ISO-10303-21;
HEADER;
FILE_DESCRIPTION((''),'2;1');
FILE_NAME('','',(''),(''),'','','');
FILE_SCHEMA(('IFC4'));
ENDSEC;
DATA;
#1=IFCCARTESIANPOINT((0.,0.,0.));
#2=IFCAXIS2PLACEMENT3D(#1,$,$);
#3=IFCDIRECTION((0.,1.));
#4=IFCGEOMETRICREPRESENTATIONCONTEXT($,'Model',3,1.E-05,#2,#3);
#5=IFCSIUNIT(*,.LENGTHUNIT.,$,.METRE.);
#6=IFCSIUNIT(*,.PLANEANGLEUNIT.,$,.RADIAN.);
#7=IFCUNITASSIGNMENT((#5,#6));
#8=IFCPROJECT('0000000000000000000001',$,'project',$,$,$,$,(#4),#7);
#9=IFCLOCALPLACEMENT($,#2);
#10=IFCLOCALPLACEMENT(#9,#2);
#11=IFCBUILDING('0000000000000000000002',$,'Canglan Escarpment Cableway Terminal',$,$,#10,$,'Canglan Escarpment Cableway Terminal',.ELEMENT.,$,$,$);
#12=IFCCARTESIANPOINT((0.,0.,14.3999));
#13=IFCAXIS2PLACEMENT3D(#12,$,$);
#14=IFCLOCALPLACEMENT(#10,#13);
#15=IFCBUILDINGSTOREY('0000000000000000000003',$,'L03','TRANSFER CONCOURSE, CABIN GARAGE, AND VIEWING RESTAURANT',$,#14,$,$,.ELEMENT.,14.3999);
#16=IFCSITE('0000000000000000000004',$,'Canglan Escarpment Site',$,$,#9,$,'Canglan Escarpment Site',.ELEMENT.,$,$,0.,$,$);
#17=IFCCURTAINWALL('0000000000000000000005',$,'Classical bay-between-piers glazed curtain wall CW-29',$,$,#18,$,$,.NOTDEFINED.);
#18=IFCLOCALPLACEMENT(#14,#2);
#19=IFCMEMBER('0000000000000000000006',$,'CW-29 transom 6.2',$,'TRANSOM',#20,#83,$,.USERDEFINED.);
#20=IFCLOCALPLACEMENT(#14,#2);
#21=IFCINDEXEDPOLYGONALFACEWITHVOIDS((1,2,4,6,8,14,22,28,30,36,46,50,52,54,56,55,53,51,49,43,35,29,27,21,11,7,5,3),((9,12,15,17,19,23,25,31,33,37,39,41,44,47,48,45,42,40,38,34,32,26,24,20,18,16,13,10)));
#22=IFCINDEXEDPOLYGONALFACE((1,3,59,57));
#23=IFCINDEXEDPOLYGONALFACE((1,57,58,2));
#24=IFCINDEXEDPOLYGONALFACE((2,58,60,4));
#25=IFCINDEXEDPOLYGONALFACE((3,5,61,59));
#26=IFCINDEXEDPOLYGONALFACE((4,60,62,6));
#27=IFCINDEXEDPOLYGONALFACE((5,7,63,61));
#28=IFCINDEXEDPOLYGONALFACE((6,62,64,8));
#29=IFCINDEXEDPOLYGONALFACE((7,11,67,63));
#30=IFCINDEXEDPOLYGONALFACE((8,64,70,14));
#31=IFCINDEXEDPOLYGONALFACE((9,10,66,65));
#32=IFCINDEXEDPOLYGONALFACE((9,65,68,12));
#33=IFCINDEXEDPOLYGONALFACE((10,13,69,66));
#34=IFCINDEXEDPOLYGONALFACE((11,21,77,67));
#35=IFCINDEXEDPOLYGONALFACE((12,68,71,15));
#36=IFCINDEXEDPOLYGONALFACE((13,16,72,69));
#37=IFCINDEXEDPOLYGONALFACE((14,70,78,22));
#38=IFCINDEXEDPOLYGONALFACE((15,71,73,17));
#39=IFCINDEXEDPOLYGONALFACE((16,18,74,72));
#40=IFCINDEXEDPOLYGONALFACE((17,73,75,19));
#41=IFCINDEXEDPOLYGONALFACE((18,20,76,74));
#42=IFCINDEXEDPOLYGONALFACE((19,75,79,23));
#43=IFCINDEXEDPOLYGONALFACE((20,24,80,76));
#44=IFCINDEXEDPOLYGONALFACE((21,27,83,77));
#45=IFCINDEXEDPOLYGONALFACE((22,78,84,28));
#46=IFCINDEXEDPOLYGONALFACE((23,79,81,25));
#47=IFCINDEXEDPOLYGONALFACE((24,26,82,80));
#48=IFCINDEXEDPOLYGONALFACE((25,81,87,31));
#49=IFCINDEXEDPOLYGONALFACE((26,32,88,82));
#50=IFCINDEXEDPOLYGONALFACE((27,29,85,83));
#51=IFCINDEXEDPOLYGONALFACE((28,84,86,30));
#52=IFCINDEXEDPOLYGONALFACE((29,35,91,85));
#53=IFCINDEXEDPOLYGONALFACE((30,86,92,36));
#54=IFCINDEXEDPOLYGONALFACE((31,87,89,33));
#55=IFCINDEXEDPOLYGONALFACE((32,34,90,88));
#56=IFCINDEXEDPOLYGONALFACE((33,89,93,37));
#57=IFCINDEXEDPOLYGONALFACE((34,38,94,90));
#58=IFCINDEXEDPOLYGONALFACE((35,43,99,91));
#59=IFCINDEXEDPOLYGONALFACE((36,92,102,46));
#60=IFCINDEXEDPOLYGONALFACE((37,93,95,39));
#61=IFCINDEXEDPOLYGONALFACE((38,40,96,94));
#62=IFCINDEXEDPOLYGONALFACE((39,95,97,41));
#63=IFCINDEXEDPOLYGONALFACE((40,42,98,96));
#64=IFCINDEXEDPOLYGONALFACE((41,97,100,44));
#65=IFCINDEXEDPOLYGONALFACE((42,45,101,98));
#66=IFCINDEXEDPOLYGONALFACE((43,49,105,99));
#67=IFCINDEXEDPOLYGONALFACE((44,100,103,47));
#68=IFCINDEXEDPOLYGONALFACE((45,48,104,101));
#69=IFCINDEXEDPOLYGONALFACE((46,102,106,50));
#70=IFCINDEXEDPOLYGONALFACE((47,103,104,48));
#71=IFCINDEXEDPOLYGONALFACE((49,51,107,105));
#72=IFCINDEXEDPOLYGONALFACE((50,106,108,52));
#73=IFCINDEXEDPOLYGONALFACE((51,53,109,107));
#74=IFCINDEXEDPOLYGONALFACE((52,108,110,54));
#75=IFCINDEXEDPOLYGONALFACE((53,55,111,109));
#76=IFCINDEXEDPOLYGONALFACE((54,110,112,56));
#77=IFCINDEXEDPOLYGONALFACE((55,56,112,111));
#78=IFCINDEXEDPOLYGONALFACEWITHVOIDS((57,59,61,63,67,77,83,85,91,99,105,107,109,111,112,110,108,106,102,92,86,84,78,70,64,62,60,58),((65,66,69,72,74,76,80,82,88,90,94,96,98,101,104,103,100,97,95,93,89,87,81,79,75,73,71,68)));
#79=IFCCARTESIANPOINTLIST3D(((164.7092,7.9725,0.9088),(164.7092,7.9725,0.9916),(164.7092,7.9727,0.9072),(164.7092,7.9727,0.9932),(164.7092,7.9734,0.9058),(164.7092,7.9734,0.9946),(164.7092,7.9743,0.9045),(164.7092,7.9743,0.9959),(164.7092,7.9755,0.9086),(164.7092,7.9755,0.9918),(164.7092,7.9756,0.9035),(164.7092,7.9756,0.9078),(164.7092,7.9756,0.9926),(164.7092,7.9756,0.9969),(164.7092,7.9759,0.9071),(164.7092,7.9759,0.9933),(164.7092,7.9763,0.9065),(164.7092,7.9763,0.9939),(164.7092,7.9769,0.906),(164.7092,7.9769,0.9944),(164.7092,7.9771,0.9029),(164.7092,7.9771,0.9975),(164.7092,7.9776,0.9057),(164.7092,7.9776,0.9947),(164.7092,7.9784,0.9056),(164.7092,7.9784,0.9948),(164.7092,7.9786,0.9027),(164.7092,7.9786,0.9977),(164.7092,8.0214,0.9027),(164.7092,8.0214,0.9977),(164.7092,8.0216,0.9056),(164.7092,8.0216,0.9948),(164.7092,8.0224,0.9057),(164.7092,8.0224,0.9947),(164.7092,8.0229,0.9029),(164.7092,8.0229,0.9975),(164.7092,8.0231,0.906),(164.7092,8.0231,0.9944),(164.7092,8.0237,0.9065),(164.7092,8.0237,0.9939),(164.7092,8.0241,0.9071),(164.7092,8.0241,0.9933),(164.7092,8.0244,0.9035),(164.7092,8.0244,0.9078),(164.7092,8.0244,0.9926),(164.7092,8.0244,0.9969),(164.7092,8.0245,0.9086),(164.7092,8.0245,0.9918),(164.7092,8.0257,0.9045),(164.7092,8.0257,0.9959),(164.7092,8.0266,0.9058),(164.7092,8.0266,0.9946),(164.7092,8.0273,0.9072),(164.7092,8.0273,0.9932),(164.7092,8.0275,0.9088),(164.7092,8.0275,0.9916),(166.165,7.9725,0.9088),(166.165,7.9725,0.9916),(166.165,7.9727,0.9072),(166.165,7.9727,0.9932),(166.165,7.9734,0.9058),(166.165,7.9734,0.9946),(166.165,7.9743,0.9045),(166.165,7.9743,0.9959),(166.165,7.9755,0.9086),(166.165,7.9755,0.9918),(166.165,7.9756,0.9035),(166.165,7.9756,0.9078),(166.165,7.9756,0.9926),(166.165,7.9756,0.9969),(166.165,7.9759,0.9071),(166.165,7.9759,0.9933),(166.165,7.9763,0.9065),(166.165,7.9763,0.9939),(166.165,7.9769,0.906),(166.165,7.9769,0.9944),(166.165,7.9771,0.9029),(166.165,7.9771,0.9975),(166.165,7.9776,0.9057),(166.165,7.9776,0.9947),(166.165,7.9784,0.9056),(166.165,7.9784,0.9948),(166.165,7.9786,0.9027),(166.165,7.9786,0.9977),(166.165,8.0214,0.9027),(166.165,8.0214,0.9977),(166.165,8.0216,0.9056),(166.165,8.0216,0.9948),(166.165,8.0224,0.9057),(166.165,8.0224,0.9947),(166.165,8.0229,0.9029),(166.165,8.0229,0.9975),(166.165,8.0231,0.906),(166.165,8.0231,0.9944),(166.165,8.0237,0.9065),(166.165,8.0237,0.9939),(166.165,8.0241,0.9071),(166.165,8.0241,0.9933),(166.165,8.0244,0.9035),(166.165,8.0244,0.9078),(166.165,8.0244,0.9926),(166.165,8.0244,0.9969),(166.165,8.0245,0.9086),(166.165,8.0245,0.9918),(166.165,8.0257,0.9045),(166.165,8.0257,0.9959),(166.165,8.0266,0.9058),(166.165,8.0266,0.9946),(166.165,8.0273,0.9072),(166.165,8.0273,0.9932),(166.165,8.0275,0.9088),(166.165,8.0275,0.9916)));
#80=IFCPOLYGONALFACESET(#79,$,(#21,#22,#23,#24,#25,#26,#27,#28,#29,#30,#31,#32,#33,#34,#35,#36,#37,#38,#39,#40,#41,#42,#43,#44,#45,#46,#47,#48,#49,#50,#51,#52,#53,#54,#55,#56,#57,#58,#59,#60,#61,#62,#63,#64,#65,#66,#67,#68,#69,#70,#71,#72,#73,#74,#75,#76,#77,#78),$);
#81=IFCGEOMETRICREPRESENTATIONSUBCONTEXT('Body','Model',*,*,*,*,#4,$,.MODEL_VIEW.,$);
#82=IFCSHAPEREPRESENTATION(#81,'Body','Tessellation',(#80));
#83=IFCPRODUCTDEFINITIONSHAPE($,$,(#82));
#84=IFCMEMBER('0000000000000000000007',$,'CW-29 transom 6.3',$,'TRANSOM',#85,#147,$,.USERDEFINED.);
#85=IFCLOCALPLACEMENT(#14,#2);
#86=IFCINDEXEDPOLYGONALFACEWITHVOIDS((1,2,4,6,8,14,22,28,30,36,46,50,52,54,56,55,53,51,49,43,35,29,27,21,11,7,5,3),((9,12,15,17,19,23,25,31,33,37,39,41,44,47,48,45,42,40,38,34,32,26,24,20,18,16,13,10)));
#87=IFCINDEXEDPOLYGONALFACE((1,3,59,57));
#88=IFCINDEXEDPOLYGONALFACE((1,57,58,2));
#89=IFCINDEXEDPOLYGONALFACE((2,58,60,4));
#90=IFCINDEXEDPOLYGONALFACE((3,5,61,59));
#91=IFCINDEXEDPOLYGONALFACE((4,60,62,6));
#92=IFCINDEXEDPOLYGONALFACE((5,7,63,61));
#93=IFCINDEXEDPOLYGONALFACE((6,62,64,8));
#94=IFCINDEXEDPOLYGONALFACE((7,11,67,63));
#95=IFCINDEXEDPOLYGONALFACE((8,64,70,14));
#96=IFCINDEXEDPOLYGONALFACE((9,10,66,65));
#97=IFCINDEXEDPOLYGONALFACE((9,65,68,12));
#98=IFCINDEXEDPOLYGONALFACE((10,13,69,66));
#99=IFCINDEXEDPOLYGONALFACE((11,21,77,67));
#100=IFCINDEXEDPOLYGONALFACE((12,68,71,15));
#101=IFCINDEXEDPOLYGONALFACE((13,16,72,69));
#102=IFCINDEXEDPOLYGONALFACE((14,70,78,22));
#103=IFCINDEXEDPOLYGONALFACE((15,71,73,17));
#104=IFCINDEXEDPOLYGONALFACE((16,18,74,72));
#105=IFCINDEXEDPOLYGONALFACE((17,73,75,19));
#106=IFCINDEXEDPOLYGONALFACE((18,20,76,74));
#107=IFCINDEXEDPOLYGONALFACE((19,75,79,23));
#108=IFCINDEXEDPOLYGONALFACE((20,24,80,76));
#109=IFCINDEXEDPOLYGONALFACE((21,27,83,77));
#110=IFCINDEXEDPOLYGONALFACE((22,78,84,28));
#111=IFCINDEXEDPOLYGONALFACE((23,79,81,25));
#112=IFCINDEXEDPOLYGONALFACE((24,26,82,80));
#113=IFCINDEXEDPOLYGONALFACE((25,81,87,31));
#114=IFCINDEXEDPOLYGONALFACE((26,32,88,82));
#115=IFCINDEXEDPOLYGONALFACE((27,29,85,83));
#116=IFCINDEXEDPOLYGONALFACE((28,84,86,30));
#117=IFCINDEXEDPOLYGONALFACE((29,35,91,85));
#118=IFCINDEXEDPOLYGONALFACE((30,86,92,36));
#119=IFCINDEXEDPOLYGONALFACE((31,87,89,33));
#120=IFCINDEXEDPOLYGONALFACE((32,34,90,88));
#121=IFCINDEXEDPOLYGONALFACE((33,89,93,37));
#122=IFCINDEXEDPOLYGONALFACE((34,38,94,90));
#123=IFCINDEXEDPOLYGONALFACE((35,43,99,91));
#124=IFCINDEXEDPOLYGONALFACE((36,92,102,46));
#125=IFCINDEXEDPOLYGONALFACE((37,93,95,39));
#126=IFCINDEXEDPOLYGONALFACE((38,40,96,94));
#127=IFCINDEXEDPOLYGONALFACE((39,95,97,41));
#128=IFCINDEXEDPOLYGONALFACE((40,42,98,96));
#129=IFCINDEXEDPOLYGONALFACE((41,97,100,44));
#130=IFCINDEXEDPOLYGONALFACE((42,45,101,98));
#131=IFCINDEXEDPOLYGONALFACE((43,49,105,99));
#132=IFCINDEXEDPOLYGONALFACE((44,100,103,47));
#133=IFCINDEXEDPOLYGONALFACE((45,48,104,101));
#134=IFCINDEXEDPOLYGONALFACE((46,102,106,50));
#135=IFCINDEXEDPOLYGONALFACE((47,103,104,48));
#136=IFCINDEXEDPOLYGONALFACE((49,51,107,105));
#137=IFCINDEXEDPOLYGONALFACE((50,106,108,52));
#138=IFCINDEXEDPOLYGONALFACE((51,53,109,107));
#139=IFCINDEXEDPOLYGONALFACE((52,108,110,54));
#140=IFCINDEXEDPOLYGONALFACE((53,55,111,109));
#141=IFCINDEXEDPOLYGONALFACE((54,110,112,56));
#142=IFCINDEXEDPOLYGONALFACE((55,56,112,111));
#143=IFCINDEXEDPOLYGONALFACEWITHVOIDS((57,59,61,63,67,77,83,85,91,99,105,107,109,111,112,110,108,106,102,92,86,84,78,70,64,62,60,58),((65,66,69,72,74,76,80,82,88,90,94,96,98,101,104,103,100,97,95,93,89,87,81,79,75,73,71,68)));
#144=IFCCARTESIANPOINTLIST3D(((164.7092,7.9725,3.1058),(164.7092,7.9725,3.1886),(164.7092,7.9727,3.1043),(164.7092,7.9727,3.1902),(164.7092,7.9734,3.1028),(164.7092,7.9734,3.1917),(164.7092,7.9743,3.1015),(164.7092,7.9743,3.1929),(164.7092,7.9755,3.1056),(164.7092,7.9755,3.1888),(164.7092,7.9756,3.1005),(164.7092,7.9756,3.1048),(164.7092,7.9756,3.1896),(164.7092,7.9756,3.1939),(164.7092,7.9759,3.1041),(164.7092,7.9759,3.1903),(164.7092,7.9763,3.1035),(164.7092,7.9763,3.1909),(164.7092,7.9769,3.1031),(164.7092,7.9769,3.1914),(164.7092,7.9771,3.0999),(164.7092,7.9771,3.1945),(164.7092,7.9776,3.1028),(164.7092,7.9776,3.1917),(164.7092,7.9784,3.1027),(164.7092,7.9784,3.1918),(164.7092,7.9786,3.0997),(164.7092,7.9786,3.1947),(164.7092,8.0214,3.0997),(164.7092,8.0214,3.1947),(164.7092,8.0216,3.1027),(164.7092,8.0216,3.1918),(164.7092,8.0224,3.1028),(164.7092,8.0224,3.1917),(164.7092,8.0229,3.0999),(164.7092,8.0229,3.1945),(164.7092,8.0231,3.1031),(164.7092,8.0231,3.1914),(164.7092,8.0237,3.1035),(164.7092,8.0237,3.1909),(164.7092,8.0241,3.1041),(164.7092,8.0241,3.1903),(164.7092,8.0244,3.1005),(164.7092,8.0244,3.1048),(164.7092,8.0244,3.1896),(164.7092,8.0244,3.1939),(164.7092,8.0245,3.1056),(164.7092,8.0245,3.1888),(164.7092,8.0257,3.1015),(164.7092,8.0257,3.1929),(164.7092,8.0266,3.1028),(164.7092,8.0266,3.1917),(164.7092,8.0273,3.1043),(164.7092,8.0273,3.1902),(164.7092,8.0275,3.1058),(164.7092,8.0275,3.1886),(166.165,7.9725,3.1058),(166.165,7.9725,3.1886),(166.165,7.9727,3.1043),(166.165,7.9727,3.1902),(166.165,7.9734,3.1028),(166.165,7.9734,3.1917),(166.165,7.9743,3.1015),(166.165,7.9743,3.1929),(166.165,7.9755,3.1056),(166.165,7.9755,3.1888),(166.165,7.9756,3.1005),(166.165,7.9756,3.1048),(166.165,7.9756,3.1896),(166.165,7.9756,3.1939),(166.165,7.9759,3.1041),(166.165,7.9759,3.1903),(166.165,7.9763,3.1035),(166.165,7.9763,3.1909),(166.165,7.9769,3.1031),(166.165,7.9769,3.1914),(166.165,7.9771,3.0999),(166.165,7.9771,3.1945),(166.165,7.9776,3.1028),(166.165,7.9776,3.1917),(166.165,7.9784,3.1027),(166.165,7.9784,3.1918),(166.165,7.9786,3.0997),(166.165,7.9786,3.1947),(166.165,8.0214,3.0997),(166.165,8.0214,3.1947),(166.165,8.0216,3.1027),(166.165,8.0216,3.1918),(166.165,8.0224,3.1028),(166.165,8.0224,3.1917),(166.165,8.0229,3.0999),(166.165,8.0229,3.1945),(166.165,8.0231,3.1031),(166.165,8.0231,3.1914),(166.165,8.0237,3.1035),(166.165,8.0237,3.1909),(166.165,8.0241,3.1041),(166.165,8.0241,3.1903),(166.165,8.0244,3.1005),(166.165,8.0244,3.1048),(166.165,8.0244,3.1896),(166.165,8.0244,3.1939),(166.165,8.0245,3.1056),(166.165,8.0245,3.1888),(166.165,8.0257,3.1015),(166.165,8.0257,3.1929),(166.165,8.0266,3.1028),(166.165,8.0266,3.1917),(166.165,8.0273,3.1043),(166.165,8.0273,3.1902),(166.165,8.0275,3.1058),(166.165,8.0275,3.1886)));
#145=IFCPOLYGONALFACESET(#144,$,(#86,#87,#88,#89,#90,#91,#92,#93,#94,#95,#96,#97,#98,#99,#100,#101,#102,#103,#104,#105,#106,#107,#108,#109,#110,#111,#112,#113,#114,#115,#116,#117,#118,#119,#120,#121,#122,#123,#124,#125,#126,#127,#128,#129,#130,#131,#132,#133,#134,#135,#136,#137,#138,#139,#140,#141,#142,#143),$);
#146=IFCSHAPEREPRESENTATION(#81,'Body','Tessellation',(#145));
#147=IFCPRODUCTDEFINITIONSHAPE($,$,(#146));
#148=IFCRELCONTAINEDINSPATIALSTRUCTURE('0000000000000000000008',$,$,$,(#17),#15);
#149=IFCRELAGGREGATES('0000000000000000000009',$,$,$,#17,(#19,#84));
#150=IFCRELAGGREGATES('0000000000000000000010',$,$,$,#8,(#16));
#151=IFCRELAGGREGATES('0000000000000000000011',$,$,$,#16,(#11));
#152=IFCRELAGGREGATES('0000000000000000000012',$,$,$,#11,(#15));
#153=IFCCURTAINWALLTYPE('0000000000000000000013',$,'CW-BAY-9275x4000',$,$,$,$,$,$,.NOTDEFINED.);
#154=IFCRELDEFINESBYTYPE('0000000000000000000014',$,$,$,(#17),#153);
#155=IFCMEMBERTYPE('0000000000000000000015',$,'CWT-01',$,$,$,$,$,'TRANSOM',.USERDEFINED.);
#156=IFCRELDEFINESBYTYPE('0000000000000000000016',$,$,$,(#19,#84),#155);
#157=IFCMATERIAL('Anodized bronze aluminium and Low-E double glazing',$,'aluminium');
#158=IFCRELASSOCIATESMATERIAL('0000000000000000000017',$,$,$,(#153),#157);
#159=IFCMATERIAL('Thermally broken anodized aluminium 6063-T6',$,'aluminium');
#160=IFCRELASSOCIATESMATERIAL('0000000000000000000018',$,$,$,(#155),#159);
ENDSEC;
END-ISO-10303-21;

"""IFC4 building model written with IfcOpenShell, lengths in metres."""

from ifc_helpers import new_model, si_unit, direction, frame, origin, origin_2d, place, context, subcontext, project, spatial, hollow_rectangle, extrude, material, material_profile, profile_set, type_object, element, aggregate, save


model = new_model("IFC4")

# Units and contexts
model_context = context("Model", 3, precision=1e-05, world=origin(), true_north=direction((0.0, 1.0)))
body_context = subcontext(model_context, "Body", "Model", "MODEL_VIEW")
ifc_project = project(units=[si_unit("LENGTHUNIT", "METRE"), si_unit("PLANEANGLEUNIT", "RADIAN")], contexts=[model_context])

# Site, building, storey
site_placement = place(None, origin())
site = spatial("IfcSite", under=ifc_project, at=site_placement, Name="Canglan Escarpment Site", LongName="Canglan Escarpment Site", CompositionType="ELEMENT", RefElevation=0.0)
building_placement = place(site_placement, origin())
building = spatial("IfcBuilding", under=site, at=building_placement, Name="Canglan Escarpment Cableway Terminal", LongName="Canglan Escarpment Cableway Terminal", CompositionType="ELEMENT")
storey_placement = place(building_placement, frame((0.0, 0.0, 14.3999)))
storey = spatial("IfcBuildingStorey", under=building, at=storey_placement, Name="L03", Description="TRANSFER CONCOURSE, CABIN GARAGE, AND VIEWING RESTAURANT", CompositionType="ELEMENT", Elevation=14.3999)

# Curtain wall, members
ifc_material_1 = material(Name="Anodized bronze aluminium and Low-E double glazing", Category="aluminium")
curtain_wall_type = type_object("IfcCurtainWallType", Name="CW-BAY-9275x4000", PredefinedType="NOTDEFINED", material=ifc_material_1)
curtain_wall_placement = place(storey_placement, origin())
curtain_wall = element("IfcCurtainWall", 1, at=curtain_wall_placement, inside=storey, type_object=curtain_wall_type, Name="Classical bay-between-piers glazed curtain wall CW-29", PredefinedType="NOTDEFINED")
ifc_material_2 = material(Name="Thermally broken anodized aluminium 6063-T6", Category="aluminium")
ifc_material_profile_1 = material_profile(ifc_material_2, hollow_rectangle(XDim=0.0549, YDim=0.095, WallThickness=0.0029, InnerFilletRadius=0.0029, OuterFilletRadius=0.0061, at=origin_2d()), Name="ALU-TRAN 55x95x3")
ifc_profile_set_1 = profile_set([ifc_material_profile_1], Name="Thermally broken anodized aluminium 6063-T6")
member_type_1 = type_object("IfcMemberType", Name="CWT-01", ElementType="TRANSOM", PredefinedType="USERDEFINED", material=ifc_profile_set_1)
member_1_placement = place(storey_placement, frame((164.7092, 8.0, 0.9502), z_axis=(1.0, 0.0, 0.0), x_axis=(0.0, 1.0, 0.0)))
member_1 = element("IfcMember", 2, at=member_1_placement, type_object=member_type_1, Name="CW-29 transom 6.2", ObjectType="TRANSOM", PredefinedType="USERDEFINED", context=body_context, shape_type="SweptSolid", body=[
    extrude(hollow_rectangle(XDim=0.0549, YDim=0.095, WallThickness=0.0029, InnerFilletRadius=0.0029, OuterFilletRadius=0.0061, at=origin_2d()), origin(), (0.0, 0.0, 1.0), 1.4558),
])
member_2_placement = place(storey_placement, frame((164.7092, 8.0, 3.1472), z_axis=(1.0, 0.0, 0.0), x_axis=(0.0, 1.0, 0.0)))
member_2 = element("IfcMember", 3, at=member_2_placement, type_object=member_type_1, Name="CW-29 transom 6.3", ObjectType="TRANSOM", PredefinedType="USERDEFINED", context=body_context, shape_type="SweptSolid", body=[
    extrude(hollow_rectangle(XDim=0.0549, YDim=0.095, WallThickness=0.0029, InnerFilletRadius=0.0029, OuterFilletRadius=0.0061, at=origin_2d()), origin(), (0.0, 0.0, 1.0), 1.4558),
])
aggregate(curtain_wall, [member_1, member_2])

save(model, "model.ifc")
